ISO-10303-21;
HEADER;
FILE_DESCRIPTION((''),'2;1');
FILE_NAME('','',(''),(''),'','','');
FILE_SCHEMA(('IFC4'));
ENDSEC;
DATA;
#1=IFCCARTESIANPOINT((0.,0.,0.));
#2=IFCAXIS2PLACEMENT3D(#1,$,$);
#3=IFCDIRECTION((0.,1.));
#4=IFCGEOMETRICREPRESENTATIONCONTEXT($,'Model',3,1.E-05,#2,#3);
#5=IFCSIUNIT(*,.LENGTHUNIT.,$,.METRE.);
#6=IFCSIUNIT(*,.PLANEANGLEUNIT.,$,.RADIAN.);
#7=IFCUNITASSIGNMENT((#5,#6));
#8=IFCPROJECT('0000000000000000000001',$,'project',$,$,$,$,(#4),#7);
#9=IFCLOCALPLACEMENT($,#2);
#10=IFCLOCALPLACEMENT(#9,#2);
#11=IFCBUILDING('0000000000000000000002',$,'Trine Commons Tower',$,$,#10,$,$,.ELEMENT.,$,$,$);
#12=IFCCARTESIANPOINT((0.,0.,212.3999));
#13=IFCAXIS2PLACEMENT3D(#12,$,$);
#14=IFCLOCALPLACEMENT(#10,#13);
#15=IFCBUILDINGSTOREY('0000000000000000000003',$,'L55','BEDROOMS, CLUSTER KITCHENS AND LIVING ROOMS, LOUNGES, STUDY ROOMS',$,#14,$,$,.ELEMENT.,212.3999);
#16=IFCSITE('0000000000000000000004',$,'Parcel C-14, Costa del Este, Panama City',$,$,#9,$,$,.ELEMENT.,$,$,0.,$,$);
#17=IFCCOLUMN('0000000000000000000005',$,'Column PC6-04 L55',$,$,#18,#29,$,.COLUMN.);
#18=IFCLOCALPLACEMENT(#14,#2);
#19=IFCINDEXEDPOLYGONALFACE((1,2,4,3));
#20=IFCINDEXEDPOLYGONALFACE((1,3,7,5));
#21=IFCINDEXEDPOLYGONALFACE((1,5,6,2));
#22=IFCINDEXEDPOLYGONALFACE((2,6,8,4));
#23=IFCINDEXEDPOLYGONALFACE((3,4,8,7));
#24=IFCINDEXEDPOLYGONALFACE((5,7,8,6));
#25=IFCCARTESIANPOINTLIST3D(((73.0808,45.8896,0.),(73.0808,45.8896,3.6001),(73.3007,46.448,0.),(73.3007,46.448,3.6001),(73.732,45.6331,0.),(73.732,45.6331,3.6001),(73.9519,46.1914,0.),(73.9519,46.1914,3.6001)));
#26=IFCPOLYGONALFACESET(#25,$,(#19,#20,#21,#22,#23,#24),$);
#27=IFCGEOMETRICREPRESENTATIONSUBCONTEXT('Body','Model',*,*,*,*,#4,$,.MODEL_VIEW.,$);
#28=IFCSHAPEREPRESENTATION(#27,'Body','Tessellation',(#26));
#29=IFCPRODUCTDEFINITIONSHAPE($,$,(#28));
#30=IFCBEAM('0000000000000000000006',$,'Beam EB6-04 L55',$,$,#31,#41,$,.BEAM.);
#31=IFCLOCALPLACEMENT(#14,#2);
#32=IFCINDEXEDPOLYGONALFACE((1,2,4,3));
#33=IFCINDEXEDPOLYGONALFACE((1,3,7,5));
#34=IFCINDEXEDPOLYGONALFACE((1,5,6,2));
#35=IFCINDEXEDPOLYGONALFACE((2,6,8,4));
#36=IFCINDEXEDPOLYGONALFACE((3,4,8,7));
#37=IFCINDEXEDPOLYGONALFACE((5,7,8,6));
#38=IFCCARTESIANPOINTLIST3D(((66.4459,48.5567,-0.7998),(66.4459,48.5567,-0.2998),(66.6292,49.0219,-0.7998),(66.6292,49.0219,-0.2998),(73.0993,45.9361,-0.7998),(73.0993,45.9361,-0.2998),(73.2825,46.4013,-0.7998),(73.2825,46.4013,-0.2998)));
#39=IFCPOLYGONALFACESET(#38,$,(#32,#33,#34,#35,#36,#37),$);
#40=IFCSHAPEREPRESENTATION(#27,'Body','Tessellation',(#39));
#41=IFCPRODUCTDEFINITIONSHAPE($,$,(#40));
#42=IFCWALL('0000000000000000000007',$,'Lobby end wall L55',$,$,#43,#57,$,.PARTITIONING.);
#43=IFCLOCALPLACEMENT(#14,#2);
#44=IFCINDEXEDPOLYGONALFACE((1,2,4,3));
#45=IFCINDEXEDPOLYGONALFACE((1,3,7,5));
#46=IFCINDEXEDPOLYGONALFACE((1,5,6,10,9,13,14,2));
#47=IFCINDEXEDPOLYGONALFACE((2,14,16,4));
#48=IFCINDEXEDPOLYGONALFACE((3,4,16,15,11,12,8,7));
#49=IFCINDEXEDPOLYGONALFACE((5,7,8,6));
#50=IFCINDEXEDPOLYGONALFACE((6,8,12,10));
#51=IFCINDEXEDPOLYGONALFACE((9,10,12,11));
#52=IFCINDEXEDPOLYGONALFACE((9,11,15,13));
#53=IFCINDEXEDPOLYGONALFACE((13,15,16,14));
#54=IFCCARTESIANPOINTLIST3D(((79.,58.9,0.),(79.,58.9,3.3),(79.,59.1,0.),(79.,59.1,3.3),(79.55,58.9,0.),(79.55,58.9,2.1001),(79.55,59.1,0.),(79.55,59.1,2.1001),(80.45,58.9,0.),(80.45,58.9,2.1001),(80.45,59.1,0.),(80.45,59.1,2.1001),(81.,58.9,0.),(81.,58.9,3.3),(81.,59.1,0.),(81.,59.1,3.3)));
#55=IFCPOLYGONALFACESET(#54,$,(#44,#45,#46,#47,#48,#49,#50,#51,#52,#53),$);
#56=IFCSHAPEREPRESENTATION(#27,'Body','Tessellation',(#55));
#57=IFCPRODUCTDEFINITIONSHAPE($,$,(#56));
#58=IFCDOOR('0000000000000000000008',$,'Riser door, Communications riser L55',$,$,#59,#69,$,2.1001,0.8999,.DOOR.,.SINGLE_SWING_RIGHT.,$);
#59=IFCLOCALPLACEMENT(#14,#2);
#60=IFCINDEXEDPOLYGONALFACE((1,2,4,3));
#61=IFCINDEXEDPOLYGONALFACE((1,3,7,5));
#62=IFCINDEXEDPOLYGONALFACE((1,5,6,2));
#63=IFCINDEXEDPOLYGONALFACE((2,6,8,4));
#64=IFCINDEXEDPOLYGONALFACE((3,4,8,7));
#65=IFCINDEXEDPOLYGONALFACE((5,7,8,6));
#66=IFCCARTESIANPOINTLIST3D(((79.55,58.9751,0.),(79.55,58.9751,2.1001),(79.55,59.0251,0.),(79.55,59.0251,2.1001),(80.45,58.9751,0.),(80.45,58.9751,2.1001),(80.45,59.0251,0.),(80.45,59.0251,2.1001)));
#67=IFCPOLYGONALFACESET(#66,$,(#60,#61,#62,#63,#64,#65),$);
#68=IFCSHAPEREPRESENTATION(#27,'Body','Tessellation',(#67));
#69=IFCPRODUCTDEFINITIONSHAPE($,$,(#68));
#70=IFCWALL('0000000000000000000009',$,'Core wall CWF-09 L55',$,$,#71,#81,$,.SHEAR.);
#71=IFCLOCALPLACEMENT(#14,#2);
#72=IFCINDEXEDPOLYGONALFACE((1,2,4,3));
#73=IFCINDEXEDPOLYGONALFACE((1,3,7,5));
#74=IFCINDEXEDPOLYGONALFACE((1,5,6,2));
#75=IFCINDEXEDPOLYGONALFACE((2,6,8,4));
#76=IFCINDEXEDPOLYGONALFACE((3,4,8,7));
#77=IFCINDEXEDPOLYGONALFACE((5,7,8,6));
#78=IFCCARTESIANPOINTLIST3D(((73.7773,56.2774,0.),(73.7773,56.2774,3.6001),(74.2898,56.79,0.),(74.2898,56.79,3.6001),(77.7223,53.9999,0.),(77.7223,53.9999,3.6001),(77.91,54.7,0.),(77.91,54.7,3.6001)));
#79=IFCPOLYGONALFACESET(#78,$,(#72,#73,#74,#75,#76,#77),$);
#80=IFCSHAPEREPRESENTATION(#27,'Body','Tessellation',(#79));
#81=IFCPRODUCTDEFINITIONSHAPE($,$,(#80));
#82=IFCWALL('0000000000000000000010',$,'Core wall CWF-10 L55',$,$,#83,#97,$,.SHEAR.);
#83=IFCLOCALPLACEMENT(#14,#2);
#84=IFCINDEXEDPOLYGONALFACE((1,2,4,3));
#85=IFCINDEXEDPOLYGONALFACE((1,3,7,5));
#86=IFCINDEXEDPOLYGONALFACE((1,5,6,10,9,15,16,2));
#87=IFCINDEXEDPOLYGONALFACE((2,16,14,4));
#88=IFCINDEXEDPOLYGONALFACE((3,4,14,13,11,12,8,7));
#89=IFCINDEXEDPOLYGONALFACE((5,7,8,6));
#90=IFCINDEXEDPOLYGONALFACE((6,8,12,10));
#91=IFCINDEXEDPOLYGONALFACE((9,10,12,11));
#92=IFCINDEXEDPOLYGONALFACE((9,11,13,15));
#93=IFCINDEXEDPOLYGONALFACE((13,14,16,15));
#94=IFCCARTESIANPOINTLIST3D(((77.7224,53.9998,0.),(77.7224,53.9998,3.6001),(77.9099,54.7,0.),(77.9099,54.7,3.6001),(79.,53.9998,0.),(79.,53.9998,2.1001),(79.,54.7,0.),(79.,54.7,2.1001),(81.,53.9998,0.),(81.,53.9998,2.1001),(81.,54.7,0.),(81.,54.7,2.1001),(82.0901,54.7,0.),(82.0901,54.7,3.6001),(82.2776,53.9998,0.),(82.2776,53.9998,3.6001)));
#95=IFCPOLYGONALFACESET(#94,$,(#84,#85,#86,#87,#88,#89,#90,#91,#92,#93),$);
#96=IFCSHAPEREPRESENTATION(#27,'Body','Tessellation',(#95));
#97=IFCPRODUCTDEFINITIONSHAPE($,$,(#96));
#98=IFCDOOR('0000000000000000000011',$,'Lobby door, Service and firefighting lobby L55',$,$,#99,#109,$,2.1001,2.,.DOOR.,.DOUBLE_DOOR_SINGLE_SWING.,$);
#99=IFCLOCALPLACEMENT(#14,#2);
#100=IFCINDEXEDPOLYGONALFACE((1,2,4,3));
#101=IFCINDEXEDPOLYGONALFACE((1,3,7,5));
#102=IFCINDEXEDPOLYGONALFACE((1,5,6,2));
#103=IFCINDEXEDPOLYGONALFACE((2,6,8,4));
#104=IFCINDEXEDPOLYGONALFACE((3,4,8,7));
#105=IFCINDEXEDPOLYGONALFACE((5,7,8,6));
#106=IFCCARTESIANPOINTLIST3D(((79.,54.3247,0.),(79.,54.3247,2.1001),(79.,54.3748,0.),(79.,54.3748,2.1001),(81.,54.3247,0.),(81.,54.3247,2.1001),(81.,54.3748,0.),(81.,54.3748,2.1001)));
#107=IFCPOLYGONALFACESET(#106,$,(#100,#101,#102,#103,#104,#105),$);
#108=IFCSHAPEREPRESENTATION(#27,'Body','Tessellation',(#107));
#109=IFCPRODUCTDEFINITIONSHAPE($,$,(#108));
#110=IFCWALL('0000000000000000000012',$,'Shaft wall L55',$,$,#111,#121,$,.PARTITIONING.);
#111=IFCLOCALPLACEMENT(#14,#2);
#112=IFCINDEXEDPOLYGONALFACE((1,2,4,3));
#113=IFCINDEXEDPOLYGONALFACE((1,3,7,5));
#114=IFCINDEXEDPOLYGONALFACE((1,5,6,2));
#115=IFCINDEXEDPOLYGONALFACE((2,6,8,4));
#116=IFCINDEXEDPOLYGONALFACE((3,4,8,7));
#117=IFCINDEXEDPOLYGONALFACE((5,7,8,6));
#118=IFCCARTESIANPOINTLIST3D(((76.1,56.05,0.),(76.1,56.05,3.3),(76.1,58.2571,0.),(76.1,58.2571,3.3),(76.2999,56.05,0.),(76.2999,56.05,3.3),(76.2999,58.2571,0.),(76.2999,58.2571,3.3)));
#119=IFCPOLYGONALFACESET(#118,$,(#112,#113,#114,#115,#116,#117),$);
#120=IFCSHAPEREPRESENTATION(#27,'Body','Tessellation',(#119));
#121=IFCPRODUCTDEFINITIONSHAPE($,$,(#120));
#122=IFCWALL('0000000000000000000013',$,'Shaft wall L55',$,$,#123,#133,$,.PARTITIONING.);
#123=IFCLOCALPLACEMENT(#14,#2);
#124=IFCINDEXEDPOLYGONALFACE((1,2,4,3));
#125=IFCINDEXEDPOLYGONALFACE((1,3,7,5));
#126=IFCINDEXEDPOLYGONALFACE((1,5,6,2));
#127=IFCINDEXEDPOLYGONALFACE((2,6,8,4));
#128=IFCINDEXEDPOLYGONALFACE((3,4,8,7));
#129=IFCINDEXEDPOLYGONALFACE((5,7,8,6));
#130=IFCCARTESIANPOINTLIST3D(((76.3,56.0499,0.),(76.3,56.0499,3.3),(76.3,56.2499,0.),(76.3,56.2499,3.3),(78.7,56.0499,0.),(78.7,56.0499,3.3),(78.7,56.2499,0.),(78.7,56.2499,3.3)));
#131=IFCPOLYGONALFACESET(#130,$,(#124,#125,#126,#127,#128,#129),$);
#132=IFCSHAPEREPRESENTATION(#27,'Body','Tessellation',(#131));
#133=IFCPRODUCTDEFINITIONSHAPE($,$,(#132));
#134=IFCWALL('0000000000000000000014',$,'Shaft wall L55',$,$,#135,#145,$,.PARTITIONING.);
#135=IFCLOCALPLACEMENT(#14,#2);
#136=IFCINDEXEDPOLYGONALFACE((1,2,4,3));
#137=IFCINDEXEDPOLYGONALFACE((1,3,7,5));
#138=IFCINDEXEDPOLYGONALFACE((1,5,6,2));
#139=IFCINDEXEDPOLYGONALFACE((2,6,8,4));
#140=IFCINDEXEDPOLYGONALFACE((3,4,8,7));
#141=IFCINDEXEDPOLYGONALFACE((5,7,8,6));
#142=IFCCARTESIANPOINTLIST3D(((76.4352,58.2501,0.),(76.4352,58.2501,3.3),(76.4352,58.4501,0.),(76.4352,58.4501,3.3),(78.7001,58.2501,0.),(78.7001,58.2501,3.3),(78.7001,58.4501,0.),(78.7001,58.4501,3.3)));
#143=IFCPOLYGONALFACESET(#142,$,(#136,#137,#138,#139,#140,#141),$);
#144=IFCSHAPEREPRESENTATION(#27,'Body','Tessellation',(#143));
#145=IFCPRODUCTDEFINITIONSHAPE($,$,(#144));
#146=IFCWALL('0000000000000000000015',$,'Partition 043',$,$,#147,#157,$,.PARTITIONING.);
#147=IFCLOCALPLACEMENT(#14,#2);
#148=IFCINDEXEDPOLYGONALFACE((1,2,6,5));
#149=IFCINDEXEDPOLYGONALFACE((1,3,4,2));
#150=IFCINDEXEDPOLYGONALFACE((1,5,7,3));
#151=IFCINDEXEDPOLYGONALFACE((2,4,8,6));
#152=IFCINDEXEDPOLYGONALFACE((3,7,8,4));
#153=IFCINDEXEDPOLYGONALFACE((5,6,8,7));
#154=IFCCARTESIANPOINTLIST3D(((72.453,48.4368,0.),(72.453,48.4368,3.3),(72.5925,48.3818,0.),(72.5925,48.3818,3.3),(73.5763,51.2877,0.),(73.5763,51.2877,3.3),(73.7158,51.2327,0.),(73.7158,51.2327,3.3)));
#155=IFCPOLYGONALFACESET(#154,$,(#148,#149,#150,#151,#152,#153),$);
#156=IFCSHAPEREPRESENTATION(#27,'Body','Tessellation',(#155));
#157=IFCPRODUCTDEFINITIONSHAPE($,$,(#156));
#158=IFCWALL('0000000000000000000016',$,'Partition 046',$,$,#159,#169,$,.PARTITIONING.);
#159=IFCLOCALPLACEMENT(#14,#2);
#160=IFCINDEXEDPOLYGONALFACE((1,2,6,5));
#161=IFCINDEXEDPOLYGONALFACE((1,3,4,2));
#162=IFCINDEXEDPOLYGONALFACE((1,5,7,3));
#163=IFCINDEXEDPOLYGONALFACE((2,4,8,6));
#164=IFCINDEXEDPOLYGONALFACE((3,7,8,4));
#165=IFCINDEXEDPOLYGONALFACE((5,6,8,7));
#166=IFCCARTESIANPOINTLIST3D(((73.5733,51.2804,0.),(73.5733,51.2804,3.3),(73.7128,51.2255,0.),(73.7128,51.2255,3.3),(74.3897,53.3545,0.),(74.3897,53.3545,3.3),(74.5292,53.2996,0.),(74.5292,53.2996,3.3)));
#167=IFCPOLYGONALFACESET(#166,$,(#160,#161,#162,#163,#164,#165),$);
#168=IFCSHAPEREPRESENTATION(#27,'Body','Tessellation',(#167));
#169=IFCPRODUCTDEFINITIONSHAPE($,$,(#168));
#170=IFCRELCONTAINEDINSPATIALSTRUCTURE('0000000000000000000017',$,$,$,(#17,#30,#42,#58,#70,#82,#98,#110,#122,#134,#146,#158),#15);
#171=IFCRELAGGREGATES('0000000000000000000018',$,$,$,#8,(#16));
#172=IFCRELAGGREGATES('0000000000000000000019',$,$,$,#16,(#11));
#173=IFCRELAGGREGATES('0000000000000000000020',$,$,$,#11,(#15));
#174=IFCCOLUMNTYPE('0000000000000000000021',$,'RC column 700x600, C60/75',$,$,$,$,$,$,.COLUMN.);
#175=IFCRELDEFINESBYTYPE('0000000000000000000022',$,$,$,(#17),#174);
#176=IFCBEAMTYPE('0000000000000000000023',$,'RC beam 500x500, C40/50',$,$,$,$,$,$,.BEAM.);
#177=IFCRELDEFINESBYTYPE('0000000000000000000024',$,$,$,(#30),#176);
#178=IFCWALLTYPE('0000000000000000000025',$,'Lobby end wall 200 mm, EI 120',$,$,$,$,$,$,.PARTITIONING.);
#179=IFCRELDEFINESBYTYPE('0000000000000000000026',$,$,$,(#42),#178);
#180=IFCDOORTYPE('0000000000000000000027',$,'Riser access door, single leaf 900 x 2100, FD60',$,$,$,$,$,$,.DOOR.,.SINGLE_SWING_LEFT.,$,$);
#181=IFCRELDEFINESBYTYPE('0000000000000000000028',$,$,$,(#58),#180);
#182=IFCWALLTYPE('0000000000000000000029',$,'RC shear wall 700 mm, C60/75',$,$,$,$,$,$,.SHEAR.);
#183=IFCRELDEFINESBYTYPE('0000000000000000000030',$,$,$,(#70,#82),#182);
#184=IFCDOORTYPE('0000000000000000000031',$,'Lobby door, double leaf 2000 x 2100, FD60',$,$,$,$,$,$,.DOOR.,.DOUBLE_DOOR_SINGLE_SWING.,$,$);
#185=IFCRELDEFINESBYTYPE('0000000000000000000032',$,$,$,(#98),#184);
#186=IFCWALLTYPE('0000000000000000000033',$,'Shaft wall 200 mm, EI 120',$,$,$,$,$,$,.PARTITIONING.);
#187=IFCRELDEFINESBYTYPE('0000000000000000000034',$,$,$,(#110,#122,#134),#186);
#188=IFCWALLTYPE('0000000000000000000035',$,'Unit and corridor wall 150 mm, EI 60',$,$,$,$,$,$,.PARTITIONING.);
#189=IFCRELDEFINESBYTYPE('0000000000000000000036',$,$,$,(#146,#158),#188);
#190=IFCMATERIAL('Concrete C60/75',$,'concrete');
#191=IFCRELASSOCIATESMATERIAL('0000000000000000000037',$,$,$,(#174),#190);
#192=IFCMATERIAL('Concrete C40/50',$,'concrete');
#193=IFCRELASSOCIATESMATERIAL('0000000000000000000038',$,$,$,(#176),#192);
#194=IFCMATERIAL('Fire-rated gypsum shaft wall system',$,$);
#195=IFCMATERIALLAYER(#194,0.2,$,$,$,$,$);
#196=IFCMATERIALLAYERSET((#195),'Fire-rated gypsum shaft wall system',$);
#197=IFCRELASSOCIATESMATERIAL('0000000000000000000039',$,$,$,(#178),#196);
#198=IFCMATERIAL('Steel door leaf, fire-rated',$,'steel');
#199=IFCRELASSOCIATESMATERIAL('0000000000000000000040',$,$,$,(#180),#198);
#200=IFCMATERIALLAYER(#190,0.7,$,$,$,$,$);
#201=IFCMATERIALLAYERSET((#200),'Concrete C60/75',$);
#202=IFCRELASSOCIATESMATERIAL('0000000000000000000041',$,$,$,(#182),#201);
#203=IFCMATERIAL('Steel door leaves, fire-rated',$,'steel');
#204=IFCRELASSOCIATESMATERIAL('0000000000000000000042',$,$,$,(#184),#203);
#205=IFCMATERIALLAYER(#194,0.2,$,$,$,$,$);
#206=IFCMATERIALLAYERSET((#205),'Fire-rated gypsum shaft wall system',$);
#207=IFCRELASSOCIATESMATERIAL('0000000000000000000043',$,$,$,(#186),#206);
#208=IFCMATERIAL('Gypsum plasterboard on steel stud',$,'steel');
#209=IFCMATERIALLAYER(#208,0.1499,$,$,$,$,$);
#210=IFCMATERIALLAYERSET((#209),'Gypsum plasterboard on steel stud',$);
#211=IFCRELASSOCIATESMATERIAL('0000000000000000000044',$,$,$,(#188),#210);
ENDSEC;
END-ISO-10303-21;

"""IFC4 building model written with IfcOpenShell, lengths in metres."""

from ifc_helpers import new_model, si_unit, direction, frame, frame_2d, origin, origin_2d, place, context, subcontext, project, spatial, polyline, rectangle, outline, extrude, material, layer, layer_set, material_profile, profile_set, type_object, element, fill, save


model = new_model("IFC4")

# Units and contexts
model_context = context("Model", 3, precision=1e-05, world=origin(), true_north=direction((0.0, 1.0)))
body_context = subcontext(model_context, "Body", "Model", "MODEL_VIEW")
ifc_project = project(units=[si_unit("LENGTHUNIT", "METRE"), si_unit("PLANEANGLEUNIT", "RADIAN")], contexts=[model_context])

# Site, building, storey
site_placement = place(None, origin())
site = spatial("IfcSite", under=ifc_project, at=site_placement, Name="Parcel C-14, Costa del Este, Panama City", CompositionType="ELEMENT", RefElevation=0.0)
building_placement = place(site_placement, origin())
building = spatial("IfcBuilding", under=site, at=building_placement, Name="Trine Commons Tower", CompositionType="ELEMENT")
storey_placement = place(building_placement, frame((0.0, 0.0, 212.3999)))
storey = spatial("IfcBuildingStorey", under=building, at=storey_placement, Name="L55", Description="BEDROOMS, CLUSTER KITCHENS AND LIVING ROOMS, LOUNGES, STUDY ROOMS", CompositionType="ELEMENT", Elevation=212.3999)

# Column
ifc_material_1 = material(Name="Concrete C60/75", Category="concrete")
ifc_material_profile_1 = material_profile(ifc_material_1, rectangle(XDim=0.7, YDim=0.6001, at=origin_2d()), Name="RC 700x600")
ifc_profile_set_1 = profile_set([ifc_material_profile_1], Name="Concrete C60/75")
column_type = type_object("IfcColumnType", Name="RC column 700x600, C60/75", PredefinedType="COLUMN", material=ifc_profile_set_1)
column_placement = place(storey_placement, frame((73.5164, 46.0405, 0.0), z_axis=(0.0, 0.0, 1.0), x_axis=(-0.930418, 0.366501, 0.0)))
element("IfcColumn", 1, at=column_placement, inside=storey, type_object=column_type, Name="Column PC6-04 L55", PredefinedType="COLUMN", context=body_context, shape_type="SweptSolid", body=[
    extrude(rectangle(XDim=0.7, YDim=0.6001, at=origin_2d()), origin(), (0.0, 0.0, 1.0), 3.6001),
])

# Beam
ifc_material_2 = material(Name="Concrete C40/50", Category="concrete")
ifc_material_profile_2 = material_profile(ifc_material_2, rectangle(XDim=0.5, YDim=0.5, at=origin_2d()), Name="RC 500x500")
ifc_profile_set_2 = profile_set([ifc_material_profile_2], Name="Concrete C40/50")
beam_type = type_object("IfcBeamType", Name="RC beam 500x500, C40/50", PredefinedType="BEAM", material=ifc_profile_set_2)
beam_placement = place(storey_placement, frame((73.1909, 46.1687, -0.5498), z_axis=(-0.930427, 0.366476, 0.0), x_axis=(-0.366476, -0.930427, 0.0)))
element("IfcBeam", 2, at=beam_placement, inside=storey, type_object=beam_type, Name="Beam EB6-04 L55", PredefinedType="BEAM", context=body_context, shape_type="SweptSolid", body=[
    extrude(rectangle(XDim=0.5, YDim=0.5, at=origin_2d()), origin(), (0.0, 0.0, 1.0), 7.1509),
])

# Wall, opening, door
ifc_material_3 = material(Name="Fire-rated gypsum shaft wall system")
ifc_layer_1 = layer(ifc_material_3, 0.2)
ifc_layer_set_1 = layer_set([ifc_layer_1], Name="Fire-rated gypsum shaft wall system")
wall_type_1 = type_object("IfcWallType", Name="Lobby end wall 200 mm, EI 120", PredefinedType="PARTITIONING", material=ifc_layer_set_1)
wall_1_placement = place(storey_placement, frame((79.0, 59.0, 0.0), z_axis=(0.0, 0.0, 1.0), x_axis=(1.0, 0.0, 0.0)))
wall_1 = element("IfcWall", 3, at=wall_1_placement, inside=storey, type_object=wall_type_1, Name="Lobby end wall L55", PredefinedType="PARTITIONING", context=body_context, shape_type="SweptSolid", body=[
    extrude(rectangle(XDim=2.0, YDim=0.2, at=frame_2d((1.0, 0.0))), origin(), (0.0, 0.0, 1.0), 3.3),
])
opening_1_placement = place(wall_1_placement, frame((0.55, 0.0, 0.0)))
opening_1 = element("IfcOpeningElement", 4, at=opening_1_placement, cuts=wall_1, PredefinedType="OPENING", context=body_context, shape_type="SweptSolid", body=[
    extrude(rectangle(XDim=0.8999, YDim=2.1001, at=frame_2d((0.45, 1.05))), frame((0.0, 0.1099, 0.0), z_axis=(0.0, -1.0, 0.0), x_axis=(1.0, 0.0, 0.0)), (0.0, 0.0, 1.0), 0.22),
])
ifc_material_4 = material(Name="Steel door leaf, fire-rated", Category="steel")
door_type_1 = type_object("IfcDoorType", Name="Riser access door, single leaf 900 x 2100, FD60", OperationType="SINGLE_SWING_LEFT", PredefinedType="DOOR", material=ifc_material_4)
door_1_placement = place(opening_1_placement, frame((0.8999, 0.0, 0.0), z_axis=(0.0, 0.0, 1.0), x_axis=(-1.0, 0.0, 0.0)))
door_1 = element("IfcDoor", 5, at=door_1_placement, inside=storey, type_object=door_type_1, Name="Riser door, Communications riser L55", OperationType="SINGLE_SWING_RIGHT", OverallHeight=2.1001, OverallWidth=0.8999, PredefinedType="DOOR", context=body_context, shape_type="SweptSolid", body=[
    extrude(rectangle(XDim=0.8999, YDim=2.1001, at=frame_2d((0.45, 1.05))), frame((0.0, 0.0249, 0.0), z_axis=(0.0, -1.0, 0.0), x_axis=(1.0, 0.0, 0.0)), (0.0, 0.0, 1.0), 0.05),
])
fill(opening_1, door_1)

# Wall
ifc_layer_2 = layer(ifc_material_1, 0.7)
ifc_layer_set_2 = layer_set([ifc_layer_2], Name="Concrete C60/75")
wall_type_2 = type_object("IfcWallType", Name="RC shear wall 700 mm, C60/75", PredefinedType="SHEAR", material=ifc_layer_set_2)
wall_2_placement = place(storey_placement, frame((73.9524, 56.5806, 0.0), z_axis=(0.0, 0.0, 1.0), x_axis=(0.866035, -0.499984, 0.0)))
element("IfcWall", 6, at=wall_2_placement, inside=storey, type_object=wall_type_2, Name="Core wall CWF-09 L55", PredefinedType="SHEAR", context=body_context, shape_type="SweptSolid", body=[
    extrude(outline(polyline([(0.0, -0.3501), (4.5552, -0.3501), (4.3677, 0.3501), (0.1875, 0.3501), (0.0, -0.3501)])), origin(), (0.0, 0.0, 1.0), 3.6001),
])

# Wall, opening, door
wall_3_placement = place(storey_placement, frame((77.7224, 54.3499, 0.0), z_axis=(0.0, 0.0, 1.0), x_axis=(1.0, 0.0, 0.0)))
wall_3 = element("IfcWall", 7, at=wall_3_placement, inside=storey, type_object=wall_type_2, Name="Core wall CWF-10 L55", PredefinedType="SHEAR", context=body_context, shape_type="SweptSolid", body=[
    extrude(outline(polyline([(0.0, -0.3501), (4.5552, -0.3501), (4.3677, 0.3501), (0.1875, 0.3501), (0.0, -0.3501)])), origin(), (0.0, 0.0, 1.0), 3.6001),
])
opening_2_placement = place(wall_3_placement, frame((1.2776, 0.0, 0.0)))
opening_2 = element("IfcOpeningElement", 8, at=opening_2_placement, cuts=wall_3, PredefinedType="OPENING", context=body_context, shape_type="SweptSolid", body=[
    extrude(rectangle(XDim=2.0, YDim=2.1001, at=frame_2d((1.0, 1.05))), frame((0.0, 0.3599, 0.0), z_axis=(0.0, -1.0, 0.0), x_axis=(1.0, 0.0, 0.0)), (0.0, 0.0, 1.0), 0.72),
])
ifc_material_5 = material(Name="Steel door leaves, fire-rated", Category="steel")
door_type_2 = type_object("IfcDoorType", Name="Lobby door, double leaf 2000 x 2100, FD60", OperationType="DOUBLE_DOOR_SINGLE_SWING", PredefinedType="DOOR", material=ifc_material_5)
door_2_placement = place(opening_2_placement, origin())
door_2 = element("IfcDoor", 9, at=door_2_placement, inside=storey, type_object=door_type_2, Name="Lobby door, Service and firefighting lobby L55", OperationType="DOUBLE_DOOR_SINGLE_SWING", OverallHeight=2.1001, OverallWidth=2.0, PredefinedType="DOOR", context=body_context, shape_type="SweptSolid", body=[
    extrude(rectangle(XDim=2.0, YDim=2.1001, at=frame_2d((1.0, 1.05))), frame((0.0, 0.0249, 0.0), z_axis=(0.0, -1.0, 0.0), x_axis=(1.0, 0.0, 0.0)), (0.0, 0.0, 1.0), 0.05),
])
fill(opening_2, door_2)

# Walls
ifc_layer_3 = layer(ifc_material_3, 0.2)
ifc_layer_set_3 = layer_set([ifc_layer_3], Name="Fire-rated gypsum shaft wall system")
wall_type_3 = type_object("IfcWallType", Name="Shaft wall 200 mm, EI 120", PredefinedType="PARTITIONING", material=ifc_layer_set_3)
wall_4_placement = place(storey_placement, frame((76.2, 58.2571, 0.0), z_axis=(0.0, 0.0, 1.0), x_axis=(0.0, -1.0, 0.0)))
element("IfcWall", 10, at=wall_4_placement, inside=storey, type_object=wall_type_3, Name="Shaft wall L55", PredefinedType="PARTITIONING", context=body_context, shape_type="SweptSolid", body=[
    extrude(rectangle(XDim=2.207, YDim=0.2, at=frame_2d((1.1035, 0.0))), origin(), (0.0, 0.0, 1.0), 3.3),
])
wall_5_placement = place(storey_placement, frame((78.7, 56.1499, 0.0), z_axis=(0.0, 0.0, 1.0), x_axis=(-1.0, 0.0, 0.0)))
element("IfcWall", 11, at=wall_5_placement, inside=storey, type_object=wall_type_3, Name="Shaft wall L55", PredefinedType="PARTITIONING", context=body_context, shape_type="SweptSolid", body=[
    extrude(rectangle(XDim=2.3999, YDim=0.2, at=frame_2d((1.2, 0.0))), origin(), (0.0, 0.0, 1.0), 3.3),
])
wall_6_placement = place(storey_placement, frame((78.7, 58.3501, 0.0), z_axis=(0.0, 0.0, 1.0), x_axis=(-1.0, 0.0, 0.0)))
element("IfcWall", 12, at=wall_6_placement, inside=storey, type_object=wall_type_3, Name="Shaft wall L55", PredefinedType="PARTITIONING", context=body_context, shape_type="SweptSolid", body=[
    extrude(rectangle(XDim=2.2649, YDim=0.2, at=frame_2d((1.1323, 0.0))), origin(), (0.0, 0.0, 1.0), 3.3),
])
ifc_material_6 = material(Name="Gypsum plasterboard on steel stud", Category="steel")
ifc_layer_4 = layer(ifc_material_6, 0.1499)
ifc_layer_set_4 = layer_set([ifc_layer_4], Name="Gypsum plasterboard on steel stud")
wall_type_4 = type_object("IfcWallType", Name="Unit and corridor wall 150 mm, EI 60", PredefinedType="PARTITIONING", material=ifc_layer_set_4)
wall_7_placement = place(storey_placement, frame((72.5227, 48.4092, 0.0), z_axis=(0.0, 0.0, 1.0), x_axis=(0.366591, 0.930382, 0.0)))
element("IfcWall", 13, at=wall_7_placement, inside=storey, type_object=wall_type_4, Name="Partition 043", PredefinedType="PARTITIONING", context=body_context, shape_type="SweptSolid", body=[
    extrude(rectangle(XDim=3.0642, YDim=0.1499, at=frame_2d((1.5322, 0.0))), origin(), (0.0, 0.0, 1.0), 3.3),
])
wall_8_placement = place(storey_placement, frame((73.6431, 51.2529, 0.0), z_axis=(0.0, 0.0, 1.0), x_axis=(0.366249, 0.930517, 0.0)))
element("IfcWall", 14, at=wall_8_placement, inside=storey, type_object=wall_type_4, Name="Partition 046", PredefinedType="PARTITIONING", context=body_context, shape_type="SweptSolid", body=[
    extrude(rectangle(XDim=2.229, YDim=0.1499, at=frame_2d((1.1145, 0.0))), origin(), (0.0, 0.0, 1.0), 3.3),
])

save(model, "model.ifc")
